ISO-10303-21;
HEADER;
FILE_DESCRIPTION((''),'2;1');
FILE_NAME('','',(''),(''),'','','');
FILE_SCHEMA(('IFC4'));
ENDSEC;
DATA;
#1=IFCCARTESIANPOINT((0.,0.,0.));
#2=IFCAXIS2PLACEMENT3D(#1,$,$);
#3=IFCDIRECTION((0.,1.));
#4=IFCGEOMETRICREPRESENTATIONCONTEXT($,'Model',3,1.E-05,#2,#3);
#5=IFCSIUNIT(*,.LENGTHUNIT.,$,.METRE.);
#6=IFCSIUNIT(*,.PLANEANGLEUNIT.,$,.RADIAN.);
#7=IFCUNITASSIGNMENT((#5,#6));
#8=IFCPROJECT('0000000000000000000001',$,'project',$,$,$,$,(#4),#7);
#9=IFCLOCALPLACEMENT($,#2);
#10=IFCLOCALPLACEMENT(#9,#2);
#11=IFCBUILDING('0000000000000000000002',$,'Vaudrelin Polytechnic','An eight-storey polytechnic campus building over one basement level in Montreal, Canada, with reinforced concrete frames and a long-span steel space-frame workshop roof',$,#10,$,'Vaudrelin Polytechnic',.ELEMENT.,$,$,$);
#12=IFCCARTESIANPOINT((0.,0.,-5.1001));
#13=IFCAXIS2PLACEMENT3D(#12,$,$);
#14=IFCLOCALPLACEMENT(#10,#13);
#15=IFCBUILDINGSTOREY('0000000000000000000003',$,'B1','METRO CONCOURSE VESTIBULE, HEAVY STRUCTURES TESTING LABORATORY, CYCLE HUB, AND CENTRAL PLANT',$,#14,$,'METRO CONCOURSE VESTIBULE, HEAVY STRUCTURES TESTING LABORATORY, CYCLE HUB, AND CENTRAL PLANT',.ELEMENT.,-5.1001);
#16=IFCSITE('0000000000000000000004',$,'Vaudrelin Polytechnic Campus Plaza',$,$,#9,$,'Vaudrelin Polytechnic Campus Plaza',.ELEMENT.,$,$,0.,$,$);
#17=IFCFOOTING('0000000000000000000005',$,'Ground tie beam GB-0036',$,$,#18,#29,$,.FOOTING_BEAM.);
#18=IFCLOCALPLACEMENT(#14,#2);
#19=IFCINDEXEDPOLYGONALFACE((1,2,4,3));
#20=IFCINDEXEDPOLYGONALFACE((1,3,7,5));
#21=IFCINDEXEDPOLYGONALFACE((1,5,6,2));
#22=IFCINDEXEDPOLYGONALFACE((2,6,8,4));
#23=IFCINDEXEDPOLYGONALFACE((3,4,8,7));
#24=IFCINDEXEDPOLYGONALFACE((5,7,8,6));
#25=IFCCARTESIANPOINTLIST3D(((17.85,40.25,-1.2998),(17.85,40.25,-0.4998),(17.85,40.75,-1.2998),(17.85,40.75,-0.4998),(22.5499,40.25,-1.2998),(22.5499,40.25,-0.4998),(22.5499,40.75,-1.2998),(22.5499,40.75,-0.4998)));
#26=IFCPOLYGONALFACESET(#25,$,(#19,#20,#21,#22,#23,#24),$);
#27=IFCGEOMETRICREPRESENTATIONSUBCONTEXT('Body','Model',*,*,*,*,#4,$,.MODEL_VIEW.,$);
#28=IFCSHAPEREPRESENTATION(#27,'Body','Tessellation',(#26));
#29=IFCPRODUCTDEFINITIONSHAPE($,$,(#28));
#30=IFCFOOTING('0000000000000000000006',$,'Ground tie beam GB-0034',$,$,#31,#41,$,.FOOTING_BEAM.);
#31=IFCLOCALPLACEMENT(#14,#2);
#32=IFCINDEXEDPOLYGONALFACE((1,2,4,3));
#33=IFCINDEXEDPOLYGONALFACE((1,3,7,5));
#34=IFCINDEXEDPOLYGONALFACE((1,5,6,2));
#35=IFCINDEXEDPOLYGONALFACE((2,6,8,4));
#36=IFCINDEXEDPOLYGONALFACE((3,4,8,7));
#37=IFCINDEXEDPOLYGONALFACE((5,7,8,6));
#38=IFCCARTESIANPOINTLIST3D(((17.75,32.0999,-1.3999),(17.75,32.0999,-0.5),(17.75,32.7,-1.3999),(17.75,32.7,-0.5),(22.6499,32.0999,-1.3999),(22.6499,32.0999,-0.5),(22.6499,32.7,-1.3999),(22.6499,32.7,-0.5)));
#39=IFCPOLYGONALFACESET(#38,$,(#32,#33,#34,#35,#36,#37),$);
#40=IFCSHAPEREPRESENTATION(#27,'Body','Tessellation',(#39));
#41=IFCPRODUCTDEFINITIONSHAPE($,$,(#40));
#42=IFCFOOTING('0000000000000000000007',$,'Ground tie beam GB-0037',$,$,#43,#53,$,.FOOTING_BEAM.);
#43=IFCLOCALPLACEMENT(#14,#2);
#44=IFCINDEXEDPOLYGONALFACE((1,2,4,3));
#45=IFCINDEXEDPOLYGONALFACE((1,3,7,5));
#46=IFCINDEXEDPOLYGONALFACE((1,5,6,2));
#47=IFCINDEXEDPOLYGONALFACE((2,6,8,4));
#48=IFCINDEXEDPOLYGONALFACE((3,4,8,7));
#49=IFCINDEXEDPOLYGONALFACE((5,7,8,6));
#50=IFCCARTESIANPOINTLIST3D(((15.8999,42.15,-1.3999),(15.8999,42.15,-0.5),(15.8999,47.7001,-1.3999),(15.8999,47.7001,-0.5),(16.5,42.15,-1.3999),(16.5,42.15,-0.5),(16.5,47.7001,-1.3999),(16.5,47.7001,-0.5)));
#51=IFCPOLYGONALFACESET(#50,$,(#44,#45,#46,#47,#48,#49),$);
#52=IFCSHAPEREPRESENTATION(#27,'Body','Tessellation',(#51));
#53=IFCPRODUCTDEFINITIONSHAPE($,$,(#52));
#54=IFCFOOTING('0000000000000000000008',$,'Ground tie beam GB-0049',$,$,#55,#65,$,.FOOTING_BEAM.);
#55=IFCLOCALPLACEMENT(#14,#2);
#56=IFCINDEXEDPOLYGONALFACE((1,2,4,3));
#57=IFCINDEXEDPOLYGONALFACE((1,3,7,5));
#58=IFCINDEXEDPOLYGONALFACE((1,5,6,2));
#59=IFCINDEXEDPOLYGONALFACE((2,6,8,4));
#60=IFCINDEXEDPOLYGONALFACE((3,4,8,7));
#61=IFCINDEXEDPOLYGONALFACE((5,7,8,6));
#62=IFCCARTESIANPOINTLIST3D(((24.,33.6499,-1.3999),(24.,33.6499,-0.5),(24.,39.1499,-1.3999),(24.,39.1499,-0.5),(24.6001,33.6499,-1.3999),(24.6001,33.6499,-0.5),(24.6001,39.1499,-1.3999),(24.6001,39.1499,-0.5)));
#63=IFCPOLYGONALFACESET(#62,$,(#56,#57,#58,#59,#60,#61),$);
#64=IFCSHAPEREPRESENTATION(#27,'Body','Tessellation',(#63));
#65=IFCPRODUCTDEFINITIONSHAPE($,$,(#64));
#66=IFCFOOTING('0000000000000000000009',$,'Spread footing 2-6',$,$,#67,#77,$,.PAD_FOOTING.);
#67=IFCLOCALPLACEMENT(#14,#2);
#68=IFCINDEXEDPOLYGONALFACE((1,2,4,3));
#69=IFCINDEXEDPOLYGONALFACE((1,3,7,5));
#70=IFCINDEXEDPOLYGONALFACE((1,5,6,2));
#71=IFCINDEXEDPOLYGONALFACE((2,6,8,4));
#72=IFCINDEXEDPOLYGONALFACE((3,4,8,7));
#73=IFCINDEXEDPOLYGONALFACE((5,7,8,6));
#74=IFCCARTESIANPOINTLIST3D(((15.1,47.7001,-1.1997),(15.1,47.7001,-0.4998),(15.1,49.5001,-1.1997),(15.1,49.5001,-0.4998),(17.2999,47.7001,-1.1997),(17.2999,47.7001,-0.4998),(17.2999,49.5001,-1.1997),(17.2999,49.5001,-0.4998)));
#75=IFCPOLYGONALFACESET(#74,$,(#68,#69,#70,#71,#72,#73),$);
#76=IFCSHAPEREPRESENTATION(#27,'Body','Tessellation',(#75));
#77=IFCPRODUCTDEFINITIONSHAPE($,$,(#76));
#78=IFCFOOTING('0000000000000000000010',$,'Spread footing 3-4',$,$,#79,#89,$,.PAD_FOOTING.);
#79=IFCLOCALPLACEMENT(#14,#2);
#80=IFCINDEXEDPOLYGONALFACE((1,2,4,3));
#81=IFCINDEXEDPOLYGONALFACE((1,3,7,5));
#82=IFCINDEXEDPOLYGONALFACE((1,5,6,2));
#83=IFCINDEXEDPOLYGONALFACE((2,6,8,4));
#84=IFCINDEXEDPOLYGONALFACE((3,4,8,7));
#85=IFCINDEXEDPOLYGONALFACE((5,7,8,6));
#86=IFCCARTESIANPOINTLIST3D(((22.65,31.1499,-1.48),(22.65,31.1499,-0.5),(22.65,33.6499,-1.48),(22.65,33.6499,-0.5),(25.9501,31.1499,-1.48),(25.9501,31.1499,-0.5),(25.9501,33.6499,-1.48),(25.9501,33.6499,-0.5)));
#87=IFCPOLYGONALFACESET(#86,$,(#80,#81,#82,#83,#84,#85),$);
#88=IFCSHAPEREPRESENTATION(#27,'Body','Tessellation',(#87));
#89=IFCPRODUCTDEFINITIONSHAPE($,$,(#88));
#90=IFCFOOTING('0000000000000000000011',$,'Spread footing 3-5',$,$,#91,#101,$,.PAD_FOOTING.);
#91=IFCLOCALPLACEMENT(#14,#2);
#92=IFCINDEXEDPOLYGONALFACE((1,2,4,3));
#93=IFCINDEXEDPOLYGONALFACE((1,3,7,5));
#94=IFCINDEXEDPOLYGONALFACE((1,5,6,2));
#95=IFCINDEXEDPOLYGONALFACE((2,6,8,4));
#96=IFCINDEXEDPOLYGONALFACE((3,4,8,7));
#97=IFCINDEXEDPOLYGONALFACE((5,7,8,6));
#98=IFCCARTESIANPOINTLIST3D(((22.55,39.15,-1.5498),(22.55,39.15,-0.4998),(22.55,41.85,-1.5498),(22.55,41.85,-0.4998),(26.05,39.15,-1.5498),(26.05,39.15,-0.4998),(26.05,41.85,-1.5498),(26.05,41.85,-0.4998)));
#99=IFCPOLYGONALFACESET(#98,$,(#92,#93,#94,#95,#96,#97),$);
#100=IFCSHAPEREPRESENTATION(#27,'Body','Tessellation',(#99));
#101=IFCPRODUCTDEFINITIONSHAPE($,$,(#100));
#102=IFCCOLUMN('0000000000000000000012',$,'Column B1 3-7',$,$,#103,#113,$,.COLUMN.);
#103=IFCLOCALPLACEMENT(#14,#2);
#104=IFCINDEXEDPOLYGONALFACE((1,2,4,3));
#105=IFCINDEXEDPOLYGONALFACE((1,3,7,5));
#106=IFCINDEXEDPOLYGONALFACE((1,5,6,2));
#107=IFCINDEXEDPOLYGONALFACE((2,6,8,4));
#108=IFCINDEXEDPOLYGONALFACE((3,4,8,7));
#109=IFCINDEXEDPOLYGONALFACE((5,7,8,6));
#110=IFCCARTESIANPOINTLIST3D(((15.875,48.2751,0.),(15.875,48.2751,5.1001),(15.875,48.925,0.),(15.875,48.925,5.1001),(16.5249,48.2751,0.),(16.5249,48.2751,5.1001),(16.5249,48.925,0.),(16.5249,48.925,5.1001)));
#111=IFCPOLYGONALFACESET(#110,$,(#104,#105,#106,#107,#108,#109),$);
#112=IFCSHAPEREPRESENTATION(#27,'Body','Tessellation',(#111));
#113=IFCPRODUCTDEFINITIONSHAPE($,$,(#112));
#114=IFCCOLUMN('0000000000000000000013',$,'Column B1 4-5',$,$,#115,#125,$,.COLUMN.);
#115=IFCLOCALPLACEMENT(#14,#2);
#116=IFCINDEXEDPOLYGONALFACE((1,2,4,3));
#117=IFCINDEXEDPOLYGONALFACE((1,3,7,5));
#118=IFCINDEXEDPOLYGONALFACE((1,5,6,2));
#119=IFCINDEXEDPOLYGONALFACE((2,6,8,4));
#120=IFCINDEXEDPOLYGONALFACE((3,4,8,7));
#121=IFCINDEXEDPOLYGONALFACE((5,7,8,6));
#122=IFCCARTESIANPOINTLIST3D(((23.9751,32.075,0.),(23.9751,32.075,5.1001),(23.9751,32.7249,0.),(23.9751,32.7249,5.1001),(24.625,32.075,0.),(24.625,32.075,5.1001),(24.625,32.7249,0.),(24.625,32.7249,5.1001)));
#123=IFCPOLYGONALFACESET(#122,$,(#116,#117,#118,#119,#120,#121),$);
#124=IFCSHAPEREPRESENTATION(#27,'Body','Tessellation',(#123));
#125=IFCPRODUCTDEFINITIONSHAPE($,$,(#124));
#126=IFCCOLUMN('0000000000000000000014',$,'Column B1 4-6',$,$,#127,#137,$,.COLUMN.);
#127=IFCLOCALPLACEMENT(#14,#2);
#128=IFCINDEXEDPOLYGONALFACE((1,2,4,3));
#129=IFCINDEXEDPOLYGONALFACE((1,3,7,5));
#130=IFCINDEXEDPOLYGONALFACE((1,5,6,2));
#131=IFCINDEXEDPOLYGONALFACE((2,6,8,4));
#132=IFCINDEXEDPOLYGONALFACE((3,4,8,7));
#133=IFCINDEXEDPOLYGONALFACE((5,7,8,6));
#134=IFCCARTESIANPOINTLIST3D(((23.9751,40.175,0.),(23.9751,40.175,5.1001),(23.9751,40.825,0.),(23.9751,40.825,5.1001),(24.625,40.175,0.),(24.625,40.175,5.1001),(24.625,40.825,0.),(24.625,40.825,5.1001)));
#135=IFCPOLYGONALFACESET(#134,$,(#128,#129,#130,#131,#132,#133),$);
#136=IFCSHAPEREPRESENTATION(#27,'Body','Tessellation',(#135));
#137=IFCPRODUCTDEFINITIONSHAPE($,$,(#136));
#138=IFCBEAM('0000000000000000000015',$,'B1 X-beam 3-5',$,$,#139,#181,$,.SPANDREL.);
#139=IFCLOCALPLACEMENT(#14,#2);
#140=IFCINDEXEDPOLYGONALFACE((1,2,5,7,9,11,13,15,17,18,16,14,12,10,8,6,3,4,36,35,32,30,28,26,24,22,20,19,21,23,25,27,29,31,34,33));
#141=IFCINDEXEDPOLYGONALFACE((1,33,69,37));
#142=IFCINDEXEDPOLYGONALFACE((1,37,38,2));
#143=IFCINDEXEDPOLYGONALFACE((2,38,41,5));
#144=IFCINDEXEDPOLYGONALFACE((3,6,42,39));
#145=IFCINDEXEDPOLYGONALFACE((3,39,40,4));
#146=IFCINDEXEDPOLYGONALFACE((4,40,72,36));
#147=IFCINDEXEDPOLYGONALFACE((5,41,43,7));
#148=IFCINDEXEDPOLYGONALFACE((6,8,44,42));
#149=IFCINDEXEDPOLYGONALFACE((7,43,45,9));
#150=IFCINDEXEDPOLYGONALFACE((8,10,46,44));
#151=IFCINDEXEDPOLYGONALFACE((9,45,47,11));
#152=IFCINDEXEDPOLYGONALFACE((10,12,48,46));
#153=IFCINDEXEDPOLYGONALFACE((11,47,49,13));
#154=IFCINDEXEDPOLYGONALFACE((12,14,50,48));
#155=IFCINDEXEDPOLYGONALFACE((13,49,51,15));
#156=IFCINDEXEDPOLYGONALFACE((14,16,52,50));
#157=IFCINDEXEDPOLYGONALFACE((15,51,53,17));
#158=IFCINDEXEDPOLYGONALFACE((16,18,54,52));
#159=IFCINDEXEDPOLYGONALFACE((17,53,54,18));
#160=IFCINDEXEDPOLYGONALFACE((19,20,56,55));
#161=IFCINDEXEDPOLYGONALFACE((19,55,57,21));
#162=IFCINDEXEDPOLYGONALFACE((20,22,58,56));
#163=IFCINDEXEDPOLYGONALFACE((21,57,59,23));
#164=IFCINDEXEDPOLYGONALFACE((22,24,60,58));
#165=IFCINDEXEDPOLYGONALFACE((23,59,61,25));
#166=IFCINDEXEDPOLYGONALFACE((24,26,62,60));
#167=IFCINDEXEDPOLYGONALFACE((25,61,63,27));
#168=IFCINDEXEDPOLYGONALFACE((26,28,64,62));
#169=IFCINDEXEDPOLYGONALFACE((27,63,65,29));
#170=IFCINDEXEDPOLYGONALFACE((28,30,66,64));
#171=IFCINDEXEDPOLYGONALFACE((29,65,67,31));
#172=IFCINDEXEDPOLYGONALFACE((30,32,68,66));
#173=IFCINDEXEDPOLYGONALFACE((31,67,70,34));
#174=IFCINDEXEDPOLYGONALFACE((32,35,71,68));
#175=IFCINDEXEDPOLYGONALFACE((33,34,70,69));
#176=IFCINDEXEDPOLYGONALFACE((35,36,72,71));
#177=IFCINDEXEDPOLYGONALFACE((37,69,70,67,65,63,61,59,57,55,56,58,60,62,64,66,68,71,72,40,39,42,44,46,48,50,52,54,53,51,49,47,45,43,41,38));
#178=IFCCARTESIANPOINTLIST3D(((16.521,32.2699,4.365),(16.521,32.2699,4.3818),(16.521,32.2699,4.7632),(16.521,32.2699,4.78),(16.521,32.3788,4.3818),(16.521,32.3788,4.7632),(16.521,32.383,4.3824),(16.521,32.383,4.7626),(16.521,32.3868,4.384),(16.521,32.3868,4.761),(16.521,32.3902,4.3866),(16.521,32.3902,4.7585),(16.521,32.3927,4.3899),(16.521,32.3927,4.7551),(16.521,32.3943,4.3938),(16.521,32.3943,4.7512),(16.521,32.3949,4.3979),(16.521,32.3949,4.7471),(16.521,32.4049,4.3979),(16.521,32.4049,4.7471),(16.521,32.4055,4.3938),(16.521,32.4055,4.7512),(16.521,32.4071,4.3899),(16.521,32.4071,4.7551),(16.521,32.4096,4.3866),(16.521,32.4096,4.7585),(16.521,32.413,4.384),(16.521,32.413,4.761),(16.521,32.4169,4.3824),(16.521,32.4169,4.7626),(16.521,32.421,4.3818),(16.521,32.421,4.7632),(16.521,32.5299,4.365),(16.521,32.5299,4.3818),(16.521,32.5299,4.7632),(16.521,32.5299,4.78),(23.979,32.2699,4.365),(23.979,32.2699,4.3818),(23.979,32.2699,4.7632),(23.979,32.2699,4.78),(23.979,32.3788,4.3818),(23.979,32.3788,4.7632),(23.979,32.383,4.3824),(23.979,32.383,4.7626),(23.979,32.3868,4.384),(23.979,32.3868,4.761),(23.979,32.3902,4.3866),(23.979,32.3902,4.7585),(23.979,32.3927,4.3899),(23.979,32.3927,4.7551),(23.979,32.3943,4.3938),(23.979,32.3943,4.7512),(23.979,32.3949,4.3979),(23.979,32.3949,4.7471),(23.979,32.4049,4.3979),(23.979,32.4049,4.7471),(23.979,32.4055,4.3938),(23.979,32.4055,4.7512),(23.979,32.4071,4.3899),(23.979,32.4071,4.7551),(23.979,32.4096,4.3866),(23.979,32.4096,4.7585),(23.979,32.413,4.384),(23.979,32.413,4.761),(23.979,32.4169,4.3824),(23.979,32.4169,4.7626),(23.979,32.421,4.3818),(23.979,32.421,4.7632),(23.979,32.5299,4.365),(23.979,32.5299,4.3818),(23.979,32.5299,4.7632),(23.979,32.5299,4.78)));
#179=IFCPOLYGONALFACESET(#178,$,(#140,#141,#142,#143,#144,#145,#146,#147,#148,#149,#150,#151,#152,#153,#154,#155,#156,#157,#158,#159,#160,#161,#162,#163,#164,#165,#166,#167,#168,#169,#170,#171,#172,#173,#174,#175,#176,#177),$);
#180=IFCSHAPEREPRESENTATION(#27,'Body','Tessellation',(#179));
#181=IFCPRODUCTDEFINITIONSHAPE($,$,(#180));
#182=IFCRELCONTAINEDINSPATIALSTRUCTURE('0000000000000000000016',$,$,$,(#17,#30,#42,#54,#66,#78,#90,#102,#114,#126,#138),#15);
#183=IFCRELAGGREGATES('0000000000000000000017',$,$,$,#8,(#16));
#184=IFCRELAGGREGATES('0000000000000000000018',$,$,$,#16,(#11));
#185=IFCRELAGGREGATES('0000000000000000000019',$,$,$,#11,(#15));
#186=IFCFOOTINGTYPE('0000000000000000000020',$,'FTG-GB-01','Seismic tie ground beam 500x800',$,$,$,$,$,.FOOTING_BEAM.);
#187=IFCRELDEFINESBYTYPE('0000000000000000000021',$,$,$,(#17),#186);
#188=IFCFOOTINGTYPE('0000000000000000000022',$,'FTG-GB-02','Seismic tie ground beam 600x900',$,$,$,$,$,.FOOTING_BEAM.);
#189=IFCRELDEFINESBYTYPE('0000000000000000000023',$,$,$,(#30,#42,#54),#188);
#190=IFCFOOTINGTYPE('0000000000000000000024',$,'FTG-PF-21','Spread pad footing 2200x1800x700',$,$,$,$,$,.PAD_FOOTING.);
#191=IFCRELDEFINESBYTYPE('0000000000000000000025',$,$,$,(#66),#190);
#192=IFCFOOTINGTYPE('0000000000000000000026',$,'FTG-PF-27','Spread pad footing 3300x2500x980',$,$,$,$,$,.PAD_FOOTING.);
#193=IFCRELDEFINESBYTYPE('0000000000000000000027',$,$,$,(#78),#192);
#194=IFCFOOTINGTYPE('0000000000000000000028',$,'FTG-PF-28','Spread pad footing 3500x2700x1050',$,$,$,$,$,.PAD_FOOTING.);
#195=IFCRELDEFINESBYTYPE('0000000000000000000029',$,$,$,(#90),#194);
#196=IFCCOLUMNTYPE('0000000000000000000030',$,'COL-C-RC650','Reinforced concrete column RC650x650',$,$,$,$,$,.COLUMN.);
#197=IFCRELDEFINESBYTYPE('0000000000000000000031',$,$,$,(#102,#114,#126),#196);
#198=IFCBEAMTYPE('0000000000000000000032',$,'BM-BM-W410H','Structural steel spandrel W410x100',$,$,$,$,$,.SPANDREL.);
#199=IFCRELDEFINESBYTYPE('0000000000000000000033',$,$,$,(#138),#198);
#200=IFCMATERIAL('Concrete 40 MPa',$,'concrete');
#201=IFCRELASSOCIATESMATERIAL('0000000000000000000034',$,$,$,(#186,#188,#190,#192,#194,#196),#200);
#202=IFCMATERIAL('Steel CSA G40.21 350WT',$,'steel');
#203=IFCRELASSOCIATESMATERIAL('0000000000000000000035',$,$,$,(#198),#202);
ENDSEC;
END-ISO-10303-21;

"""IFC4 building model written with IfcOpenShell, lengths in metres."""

from ifc_helpers import new_model, si_unit, direction, frame, origin, origin_2d, place, context, subcontext, project, spatial, rectangle, i_section, extrude, material, material_profile, profile_set, type_object, element, save


model = new_model("IFC4")

# Units and contexts
model_context = context("Model", 3, precision=1e-05, world=origin(), true_north=direction((0.0, 1.0)))
body_context = subcontext(model_context, "Body", "Model", "MODEL_VIEW")
ifc_project = project(units=[si_unit("LENGTHUNIT", "METRE"), si_unit("PLANEANGLEUNIT", "RADIAN")], contexts=[model_context])

# Site, building, storey
site_placement = place(None, origin())
site = spatial("IfcSite", under=ifc_project, at=site_placement, Name="Vaudrelin Polytechnic Campus Plaza", LongName="Vaudrelin Polytechnic Campus Plaza", CompositionType="ELEMENT", RefElevation=0.0)
building_placement = place(site_placement, origin())
building = spatial("IfcBuilding", under=site, at=building_placement, Name="Vaudrelin Polytechnic", Description="An eight-storey polytechnic campus building over one basement level in Montreal, Canada, with reinforced concrete frames and a long-span steel space-frame workshop roof", LongName="Vaudrelin Polytechnic", CompositionType="ELEMENT")
storey_placement = place(building_placement, frame((0.0, 0.0, -5.1001)))
storey = spatial("IfcBuildingStorey", under=building, at=storey_placement, Name="B1", Description="METRO CONCOURSE VESTIBULE, HEAVY STRUCTURES TESTING LABORATORY, CYCLE HUB, AND CENTRAL PLANT", LongName="METRO CONCOURSE VESTIBULE, HEAVY STRUCTURES TESTING LABORATORY, CYCLE HUB, AND CENTRAL PLANT", CompositionType="ELEMENT", Elevation=-5.1001)

# Footings
ifc_material_1 = material(Name="Concrete 40 MPa", Category="concrete")
footing_type_1 = type_object("IfcFootingType", Name="FTG-GB-01", Description="Seismic tie ground beam 500x800", PredefinedType="FOOTING_BEAM", material=ifc_material_1)
footing_1_placement = place(storey_placement, frame((20.2, 40.5, -1.2998), z_axis=(0.0, 0.0, 1.0), x_axis=(1.0, 0.0, 0.0)))
element("IfcFooting", 1, at=footing_1_placement, inside=storey, type_object=footing_type_1, Name="Ground tie beam GB-0036", PredefinedType="FOOTING_BEAM", context=body_context, shape_type="SweptSolid", body=[
    extrude(rectangle(XDim=4.7, YDim=0.5, at=origin_2d()), origin(), (0.0, 0.0, 1.0), 0.8),
])
footing_type_2 = type_object("IfcFootingType", Name="FTG-GB-02", Description="Seismic tie ground beam 600x900", PredefinedType="FOOTING_BEAM", material=ifc_material_1)
footing_2_placement = place(storey_placement, frame((20.2, 32.3999, -1.3999), z_axis=(0.0, 0.0, 1.0), x_axis=(1.0, 0.0, 0.0)))
element("IfcFooting", 2, at=footing_2_placement, inside=storey, type_object=footing_type_2, Name="Ground tie beam GB-0034", PredefinedType="FOOTING_BEAM", context=body_context, shape_type="SweptSolid", body=[
    extrude(rectangle(XDim=4.8999, YDim=0.6001, at=origin_2d()), origin(), (0.0, 0.0, 1.0), 0.8999),
])
footing_3_placement = place(storey_placement, frame((16.2, 44.925, -1.3999), z_axis=(0.0, 0.0, 1.0), x_axis=(1.0, 0.0, 0.0)))
element("IfcFooting", 3, at=footing_3_placement, inside=storey, type_object=footing_type_2, Name="Ground tie beam GB-0037", PredefinedType="FOOTING_BEAM", context=body_context, shape_type="SweptSolid", body=[
    extrude(rectangle(XDim=0.6001, YDim=5.55, at=origin_2d()), origin(), (0.0, 0.0, 1.0), 0.8999),
])
footing_4_placement = place(storey_placement, frame((24.3, 36.3999, -1.3999), z_axis=(0.0, 0.0, 1.0), x_axis=(1.0, 0.0, 0.0)))
element("IfcFooting", 4, at=footing_4_placement, inside=storey, type_object=footing_type_2, Name="Ground tie beam GB-0049", PredefinedType="FOOTING_BEAM", context=body_context, shape_type="SweptSolid", body=[
    extrude(rectangle(XDim=0.6001, YDim=5.5, at=origin_2d()), origin(), (0.0, 0.0, 1.0), 0.8999),
])
footing_type_3 = type_object("IfcFootingType", Name="FTG-PF-21", Description="Spread pad footing 2200x1800x700", PredefinedType="PAD_FOOTING", material=ifc_material_1)
footing_5_placement = place(storey_placement, frame((16.2, 48.6001, -1.1997), z_axis=(0.0, 0.0, 1.0), x_axis=(1.0, 0.0, 0.0)))
element("IfcFooting", 5, at=footing_5_placement, inside=storey, type_object=footing_type_3, Name="Spread footing 2-6", PredefinedType="PAD_FOOTING", context=body_context, shape_type="SweptSolid", body=[
    extrude(rectangle(XDim=2.2, YDim=1.8, at=origin_2d()), origin(), (0.0, 0.0, 1.0), 0.7),
])
footing_type_4 = type_object("IfcFootingType", Name="FTG-PF-27", Description="Spread pad footing 3300x2500x980", PredefinedType="PAD_FOOTING", material=ifc_material_1)
footing_6_placement = place(storey_placement, frame((24.3, 32.3999, -1.48), z_axis=(0.0, 0.0, 1.0), x_axis=(1.0, 0.0, 0.0)))
element("IfcFooting", 6, at=footing_6_placement, inside=storey, type_object=footing_type_4, Name="Spread footing 3-4", PredefinedType="PAD_FOOTING", context=body_context, shape_type="SweptSolid", body=[
    extrude(rectangle(XDim=3.3, YDim=2.5, at=origin_2d()), origin(), (0.0, 0.0, 1.0), 0.98),
])
footing_type_5 = type_object("IfcFootingType", Name="FTG-PF-28", Description="Spread pad footing 3500x2700x1050", PredefinedType="PAD_FOOTING", material=ifc_material_1)
footing_7_placement = place(storey_placement, frame((24.3, 40.5, -1.5498), z_axis=(0.0, 0.0, 1.0), x_axis=(1.0, 0.0, 0.0)))
element("IfcFooting", 7, at=footing_7_placement, inside=storey, type_object=footing_type_5, Name="Spread footing 3-5", PredefinedType="PAD_FOOTING", context=body_context, shape_type="SweptSolid", body=[
    extrude(rectangle(XDim=3.5, YDim=2.7, at=origin_2d()), origin(), (0.0, 0.0, 1.0), 1.05),
])

# Columns
ifc_material_profile_1 = material_profile(ifc_material_1, rectangle(XDim=0.6499, YDim=0.6499, at=origin_2d()), Name="RC650x650")
ifc_profile_set_1 = profile_set([ifc_material_profile_1], Name="Concrete 40 MPa")
column_type = type_object("IfcColumnType", Name="COL-C-RC650", Description="Reinforced concrete column RC650x650", PredefinedType="COLUMN", material=ifc_profile_set_1)
for number, where, z_axis, x_axis, name in (
    (8, (16.2, 48.6001, 0.0), (0.0, 0.0, 1.0), (1.0, 0.0, 0.0), "Column B1 3-7"),
    (9, (24.3, 32.3999, 0.0), (0.0, 0.0, 1.0), (1.0, 0.0, 0.0), "Column B1 4-5"),
    (10, (24.3, 40.5, 0.0), (0.0, 0.0, 1.0), (1.0, 0.0, 0.0), "Column B1 4-6"),
):
    element("IfcColumn", number, at=place(storey_placement, frame(where, z_axis=z_axis, x_axis=x_axis)), inside=storey, type_object=column_type, Name=name, PredefinedType="COLUMN", context=body_context, shape_type="SweptSolid", body=[
        extrude(rectangle(XDim=0.6499, YDim=0.6499, at=origin_2d()), origin(), (0.0, 0.0, 1.0), 5.1001),
    ])

# Beam
ifc_material_2 = material(Name="Steel CSA G40.21 350WT", Category="steel")
ifc_material_profile_2 = material_profile(ifc_material_2, i_section(OverallWidth=0.26, OverallDepth=0.415, WebThickness=0.01, FlangeThickness=0.0168, FilletRadius=0.0161, at=origin_2d()), Name="W410x100")
ifc_profile_set_2 = profile_set([ifc_material_profile_2], Name="Steel CSA G40.21 350WT")
beam_type_1 = type_object("IfcBeamType", Name="BM-BM-W410H", Description="Structural steel spandrel W410x100", PredefinedType="SPANDREL", material=ifc_profile_set_2)
beam_1_placement = place(storey_placement, frame((16.521, 32.3999, 4.5725), z_axis=(1.0, 0.0, 0.0), x_axis=(0.0, 1.0, 0.0)))
element("IfcBeam", 11, at=beam_1_placement, inside=storey, type_object=beam_type_1, Name="B1 X-beam 3-5", PredefinedType="SPANDREL", context=body_context, shape_type="SweptSolid", body=[
    extrude(i_section(OverallWidth=0.26, OverallDepth=0.415, WebThickness=0.01, FlangeThickness=0.0168, FilletRadius=0.0161, at=origin_2d()), origin(), (0.0, 0.0, 1.0), 7.458),
])

save(model, "model.ifc")
